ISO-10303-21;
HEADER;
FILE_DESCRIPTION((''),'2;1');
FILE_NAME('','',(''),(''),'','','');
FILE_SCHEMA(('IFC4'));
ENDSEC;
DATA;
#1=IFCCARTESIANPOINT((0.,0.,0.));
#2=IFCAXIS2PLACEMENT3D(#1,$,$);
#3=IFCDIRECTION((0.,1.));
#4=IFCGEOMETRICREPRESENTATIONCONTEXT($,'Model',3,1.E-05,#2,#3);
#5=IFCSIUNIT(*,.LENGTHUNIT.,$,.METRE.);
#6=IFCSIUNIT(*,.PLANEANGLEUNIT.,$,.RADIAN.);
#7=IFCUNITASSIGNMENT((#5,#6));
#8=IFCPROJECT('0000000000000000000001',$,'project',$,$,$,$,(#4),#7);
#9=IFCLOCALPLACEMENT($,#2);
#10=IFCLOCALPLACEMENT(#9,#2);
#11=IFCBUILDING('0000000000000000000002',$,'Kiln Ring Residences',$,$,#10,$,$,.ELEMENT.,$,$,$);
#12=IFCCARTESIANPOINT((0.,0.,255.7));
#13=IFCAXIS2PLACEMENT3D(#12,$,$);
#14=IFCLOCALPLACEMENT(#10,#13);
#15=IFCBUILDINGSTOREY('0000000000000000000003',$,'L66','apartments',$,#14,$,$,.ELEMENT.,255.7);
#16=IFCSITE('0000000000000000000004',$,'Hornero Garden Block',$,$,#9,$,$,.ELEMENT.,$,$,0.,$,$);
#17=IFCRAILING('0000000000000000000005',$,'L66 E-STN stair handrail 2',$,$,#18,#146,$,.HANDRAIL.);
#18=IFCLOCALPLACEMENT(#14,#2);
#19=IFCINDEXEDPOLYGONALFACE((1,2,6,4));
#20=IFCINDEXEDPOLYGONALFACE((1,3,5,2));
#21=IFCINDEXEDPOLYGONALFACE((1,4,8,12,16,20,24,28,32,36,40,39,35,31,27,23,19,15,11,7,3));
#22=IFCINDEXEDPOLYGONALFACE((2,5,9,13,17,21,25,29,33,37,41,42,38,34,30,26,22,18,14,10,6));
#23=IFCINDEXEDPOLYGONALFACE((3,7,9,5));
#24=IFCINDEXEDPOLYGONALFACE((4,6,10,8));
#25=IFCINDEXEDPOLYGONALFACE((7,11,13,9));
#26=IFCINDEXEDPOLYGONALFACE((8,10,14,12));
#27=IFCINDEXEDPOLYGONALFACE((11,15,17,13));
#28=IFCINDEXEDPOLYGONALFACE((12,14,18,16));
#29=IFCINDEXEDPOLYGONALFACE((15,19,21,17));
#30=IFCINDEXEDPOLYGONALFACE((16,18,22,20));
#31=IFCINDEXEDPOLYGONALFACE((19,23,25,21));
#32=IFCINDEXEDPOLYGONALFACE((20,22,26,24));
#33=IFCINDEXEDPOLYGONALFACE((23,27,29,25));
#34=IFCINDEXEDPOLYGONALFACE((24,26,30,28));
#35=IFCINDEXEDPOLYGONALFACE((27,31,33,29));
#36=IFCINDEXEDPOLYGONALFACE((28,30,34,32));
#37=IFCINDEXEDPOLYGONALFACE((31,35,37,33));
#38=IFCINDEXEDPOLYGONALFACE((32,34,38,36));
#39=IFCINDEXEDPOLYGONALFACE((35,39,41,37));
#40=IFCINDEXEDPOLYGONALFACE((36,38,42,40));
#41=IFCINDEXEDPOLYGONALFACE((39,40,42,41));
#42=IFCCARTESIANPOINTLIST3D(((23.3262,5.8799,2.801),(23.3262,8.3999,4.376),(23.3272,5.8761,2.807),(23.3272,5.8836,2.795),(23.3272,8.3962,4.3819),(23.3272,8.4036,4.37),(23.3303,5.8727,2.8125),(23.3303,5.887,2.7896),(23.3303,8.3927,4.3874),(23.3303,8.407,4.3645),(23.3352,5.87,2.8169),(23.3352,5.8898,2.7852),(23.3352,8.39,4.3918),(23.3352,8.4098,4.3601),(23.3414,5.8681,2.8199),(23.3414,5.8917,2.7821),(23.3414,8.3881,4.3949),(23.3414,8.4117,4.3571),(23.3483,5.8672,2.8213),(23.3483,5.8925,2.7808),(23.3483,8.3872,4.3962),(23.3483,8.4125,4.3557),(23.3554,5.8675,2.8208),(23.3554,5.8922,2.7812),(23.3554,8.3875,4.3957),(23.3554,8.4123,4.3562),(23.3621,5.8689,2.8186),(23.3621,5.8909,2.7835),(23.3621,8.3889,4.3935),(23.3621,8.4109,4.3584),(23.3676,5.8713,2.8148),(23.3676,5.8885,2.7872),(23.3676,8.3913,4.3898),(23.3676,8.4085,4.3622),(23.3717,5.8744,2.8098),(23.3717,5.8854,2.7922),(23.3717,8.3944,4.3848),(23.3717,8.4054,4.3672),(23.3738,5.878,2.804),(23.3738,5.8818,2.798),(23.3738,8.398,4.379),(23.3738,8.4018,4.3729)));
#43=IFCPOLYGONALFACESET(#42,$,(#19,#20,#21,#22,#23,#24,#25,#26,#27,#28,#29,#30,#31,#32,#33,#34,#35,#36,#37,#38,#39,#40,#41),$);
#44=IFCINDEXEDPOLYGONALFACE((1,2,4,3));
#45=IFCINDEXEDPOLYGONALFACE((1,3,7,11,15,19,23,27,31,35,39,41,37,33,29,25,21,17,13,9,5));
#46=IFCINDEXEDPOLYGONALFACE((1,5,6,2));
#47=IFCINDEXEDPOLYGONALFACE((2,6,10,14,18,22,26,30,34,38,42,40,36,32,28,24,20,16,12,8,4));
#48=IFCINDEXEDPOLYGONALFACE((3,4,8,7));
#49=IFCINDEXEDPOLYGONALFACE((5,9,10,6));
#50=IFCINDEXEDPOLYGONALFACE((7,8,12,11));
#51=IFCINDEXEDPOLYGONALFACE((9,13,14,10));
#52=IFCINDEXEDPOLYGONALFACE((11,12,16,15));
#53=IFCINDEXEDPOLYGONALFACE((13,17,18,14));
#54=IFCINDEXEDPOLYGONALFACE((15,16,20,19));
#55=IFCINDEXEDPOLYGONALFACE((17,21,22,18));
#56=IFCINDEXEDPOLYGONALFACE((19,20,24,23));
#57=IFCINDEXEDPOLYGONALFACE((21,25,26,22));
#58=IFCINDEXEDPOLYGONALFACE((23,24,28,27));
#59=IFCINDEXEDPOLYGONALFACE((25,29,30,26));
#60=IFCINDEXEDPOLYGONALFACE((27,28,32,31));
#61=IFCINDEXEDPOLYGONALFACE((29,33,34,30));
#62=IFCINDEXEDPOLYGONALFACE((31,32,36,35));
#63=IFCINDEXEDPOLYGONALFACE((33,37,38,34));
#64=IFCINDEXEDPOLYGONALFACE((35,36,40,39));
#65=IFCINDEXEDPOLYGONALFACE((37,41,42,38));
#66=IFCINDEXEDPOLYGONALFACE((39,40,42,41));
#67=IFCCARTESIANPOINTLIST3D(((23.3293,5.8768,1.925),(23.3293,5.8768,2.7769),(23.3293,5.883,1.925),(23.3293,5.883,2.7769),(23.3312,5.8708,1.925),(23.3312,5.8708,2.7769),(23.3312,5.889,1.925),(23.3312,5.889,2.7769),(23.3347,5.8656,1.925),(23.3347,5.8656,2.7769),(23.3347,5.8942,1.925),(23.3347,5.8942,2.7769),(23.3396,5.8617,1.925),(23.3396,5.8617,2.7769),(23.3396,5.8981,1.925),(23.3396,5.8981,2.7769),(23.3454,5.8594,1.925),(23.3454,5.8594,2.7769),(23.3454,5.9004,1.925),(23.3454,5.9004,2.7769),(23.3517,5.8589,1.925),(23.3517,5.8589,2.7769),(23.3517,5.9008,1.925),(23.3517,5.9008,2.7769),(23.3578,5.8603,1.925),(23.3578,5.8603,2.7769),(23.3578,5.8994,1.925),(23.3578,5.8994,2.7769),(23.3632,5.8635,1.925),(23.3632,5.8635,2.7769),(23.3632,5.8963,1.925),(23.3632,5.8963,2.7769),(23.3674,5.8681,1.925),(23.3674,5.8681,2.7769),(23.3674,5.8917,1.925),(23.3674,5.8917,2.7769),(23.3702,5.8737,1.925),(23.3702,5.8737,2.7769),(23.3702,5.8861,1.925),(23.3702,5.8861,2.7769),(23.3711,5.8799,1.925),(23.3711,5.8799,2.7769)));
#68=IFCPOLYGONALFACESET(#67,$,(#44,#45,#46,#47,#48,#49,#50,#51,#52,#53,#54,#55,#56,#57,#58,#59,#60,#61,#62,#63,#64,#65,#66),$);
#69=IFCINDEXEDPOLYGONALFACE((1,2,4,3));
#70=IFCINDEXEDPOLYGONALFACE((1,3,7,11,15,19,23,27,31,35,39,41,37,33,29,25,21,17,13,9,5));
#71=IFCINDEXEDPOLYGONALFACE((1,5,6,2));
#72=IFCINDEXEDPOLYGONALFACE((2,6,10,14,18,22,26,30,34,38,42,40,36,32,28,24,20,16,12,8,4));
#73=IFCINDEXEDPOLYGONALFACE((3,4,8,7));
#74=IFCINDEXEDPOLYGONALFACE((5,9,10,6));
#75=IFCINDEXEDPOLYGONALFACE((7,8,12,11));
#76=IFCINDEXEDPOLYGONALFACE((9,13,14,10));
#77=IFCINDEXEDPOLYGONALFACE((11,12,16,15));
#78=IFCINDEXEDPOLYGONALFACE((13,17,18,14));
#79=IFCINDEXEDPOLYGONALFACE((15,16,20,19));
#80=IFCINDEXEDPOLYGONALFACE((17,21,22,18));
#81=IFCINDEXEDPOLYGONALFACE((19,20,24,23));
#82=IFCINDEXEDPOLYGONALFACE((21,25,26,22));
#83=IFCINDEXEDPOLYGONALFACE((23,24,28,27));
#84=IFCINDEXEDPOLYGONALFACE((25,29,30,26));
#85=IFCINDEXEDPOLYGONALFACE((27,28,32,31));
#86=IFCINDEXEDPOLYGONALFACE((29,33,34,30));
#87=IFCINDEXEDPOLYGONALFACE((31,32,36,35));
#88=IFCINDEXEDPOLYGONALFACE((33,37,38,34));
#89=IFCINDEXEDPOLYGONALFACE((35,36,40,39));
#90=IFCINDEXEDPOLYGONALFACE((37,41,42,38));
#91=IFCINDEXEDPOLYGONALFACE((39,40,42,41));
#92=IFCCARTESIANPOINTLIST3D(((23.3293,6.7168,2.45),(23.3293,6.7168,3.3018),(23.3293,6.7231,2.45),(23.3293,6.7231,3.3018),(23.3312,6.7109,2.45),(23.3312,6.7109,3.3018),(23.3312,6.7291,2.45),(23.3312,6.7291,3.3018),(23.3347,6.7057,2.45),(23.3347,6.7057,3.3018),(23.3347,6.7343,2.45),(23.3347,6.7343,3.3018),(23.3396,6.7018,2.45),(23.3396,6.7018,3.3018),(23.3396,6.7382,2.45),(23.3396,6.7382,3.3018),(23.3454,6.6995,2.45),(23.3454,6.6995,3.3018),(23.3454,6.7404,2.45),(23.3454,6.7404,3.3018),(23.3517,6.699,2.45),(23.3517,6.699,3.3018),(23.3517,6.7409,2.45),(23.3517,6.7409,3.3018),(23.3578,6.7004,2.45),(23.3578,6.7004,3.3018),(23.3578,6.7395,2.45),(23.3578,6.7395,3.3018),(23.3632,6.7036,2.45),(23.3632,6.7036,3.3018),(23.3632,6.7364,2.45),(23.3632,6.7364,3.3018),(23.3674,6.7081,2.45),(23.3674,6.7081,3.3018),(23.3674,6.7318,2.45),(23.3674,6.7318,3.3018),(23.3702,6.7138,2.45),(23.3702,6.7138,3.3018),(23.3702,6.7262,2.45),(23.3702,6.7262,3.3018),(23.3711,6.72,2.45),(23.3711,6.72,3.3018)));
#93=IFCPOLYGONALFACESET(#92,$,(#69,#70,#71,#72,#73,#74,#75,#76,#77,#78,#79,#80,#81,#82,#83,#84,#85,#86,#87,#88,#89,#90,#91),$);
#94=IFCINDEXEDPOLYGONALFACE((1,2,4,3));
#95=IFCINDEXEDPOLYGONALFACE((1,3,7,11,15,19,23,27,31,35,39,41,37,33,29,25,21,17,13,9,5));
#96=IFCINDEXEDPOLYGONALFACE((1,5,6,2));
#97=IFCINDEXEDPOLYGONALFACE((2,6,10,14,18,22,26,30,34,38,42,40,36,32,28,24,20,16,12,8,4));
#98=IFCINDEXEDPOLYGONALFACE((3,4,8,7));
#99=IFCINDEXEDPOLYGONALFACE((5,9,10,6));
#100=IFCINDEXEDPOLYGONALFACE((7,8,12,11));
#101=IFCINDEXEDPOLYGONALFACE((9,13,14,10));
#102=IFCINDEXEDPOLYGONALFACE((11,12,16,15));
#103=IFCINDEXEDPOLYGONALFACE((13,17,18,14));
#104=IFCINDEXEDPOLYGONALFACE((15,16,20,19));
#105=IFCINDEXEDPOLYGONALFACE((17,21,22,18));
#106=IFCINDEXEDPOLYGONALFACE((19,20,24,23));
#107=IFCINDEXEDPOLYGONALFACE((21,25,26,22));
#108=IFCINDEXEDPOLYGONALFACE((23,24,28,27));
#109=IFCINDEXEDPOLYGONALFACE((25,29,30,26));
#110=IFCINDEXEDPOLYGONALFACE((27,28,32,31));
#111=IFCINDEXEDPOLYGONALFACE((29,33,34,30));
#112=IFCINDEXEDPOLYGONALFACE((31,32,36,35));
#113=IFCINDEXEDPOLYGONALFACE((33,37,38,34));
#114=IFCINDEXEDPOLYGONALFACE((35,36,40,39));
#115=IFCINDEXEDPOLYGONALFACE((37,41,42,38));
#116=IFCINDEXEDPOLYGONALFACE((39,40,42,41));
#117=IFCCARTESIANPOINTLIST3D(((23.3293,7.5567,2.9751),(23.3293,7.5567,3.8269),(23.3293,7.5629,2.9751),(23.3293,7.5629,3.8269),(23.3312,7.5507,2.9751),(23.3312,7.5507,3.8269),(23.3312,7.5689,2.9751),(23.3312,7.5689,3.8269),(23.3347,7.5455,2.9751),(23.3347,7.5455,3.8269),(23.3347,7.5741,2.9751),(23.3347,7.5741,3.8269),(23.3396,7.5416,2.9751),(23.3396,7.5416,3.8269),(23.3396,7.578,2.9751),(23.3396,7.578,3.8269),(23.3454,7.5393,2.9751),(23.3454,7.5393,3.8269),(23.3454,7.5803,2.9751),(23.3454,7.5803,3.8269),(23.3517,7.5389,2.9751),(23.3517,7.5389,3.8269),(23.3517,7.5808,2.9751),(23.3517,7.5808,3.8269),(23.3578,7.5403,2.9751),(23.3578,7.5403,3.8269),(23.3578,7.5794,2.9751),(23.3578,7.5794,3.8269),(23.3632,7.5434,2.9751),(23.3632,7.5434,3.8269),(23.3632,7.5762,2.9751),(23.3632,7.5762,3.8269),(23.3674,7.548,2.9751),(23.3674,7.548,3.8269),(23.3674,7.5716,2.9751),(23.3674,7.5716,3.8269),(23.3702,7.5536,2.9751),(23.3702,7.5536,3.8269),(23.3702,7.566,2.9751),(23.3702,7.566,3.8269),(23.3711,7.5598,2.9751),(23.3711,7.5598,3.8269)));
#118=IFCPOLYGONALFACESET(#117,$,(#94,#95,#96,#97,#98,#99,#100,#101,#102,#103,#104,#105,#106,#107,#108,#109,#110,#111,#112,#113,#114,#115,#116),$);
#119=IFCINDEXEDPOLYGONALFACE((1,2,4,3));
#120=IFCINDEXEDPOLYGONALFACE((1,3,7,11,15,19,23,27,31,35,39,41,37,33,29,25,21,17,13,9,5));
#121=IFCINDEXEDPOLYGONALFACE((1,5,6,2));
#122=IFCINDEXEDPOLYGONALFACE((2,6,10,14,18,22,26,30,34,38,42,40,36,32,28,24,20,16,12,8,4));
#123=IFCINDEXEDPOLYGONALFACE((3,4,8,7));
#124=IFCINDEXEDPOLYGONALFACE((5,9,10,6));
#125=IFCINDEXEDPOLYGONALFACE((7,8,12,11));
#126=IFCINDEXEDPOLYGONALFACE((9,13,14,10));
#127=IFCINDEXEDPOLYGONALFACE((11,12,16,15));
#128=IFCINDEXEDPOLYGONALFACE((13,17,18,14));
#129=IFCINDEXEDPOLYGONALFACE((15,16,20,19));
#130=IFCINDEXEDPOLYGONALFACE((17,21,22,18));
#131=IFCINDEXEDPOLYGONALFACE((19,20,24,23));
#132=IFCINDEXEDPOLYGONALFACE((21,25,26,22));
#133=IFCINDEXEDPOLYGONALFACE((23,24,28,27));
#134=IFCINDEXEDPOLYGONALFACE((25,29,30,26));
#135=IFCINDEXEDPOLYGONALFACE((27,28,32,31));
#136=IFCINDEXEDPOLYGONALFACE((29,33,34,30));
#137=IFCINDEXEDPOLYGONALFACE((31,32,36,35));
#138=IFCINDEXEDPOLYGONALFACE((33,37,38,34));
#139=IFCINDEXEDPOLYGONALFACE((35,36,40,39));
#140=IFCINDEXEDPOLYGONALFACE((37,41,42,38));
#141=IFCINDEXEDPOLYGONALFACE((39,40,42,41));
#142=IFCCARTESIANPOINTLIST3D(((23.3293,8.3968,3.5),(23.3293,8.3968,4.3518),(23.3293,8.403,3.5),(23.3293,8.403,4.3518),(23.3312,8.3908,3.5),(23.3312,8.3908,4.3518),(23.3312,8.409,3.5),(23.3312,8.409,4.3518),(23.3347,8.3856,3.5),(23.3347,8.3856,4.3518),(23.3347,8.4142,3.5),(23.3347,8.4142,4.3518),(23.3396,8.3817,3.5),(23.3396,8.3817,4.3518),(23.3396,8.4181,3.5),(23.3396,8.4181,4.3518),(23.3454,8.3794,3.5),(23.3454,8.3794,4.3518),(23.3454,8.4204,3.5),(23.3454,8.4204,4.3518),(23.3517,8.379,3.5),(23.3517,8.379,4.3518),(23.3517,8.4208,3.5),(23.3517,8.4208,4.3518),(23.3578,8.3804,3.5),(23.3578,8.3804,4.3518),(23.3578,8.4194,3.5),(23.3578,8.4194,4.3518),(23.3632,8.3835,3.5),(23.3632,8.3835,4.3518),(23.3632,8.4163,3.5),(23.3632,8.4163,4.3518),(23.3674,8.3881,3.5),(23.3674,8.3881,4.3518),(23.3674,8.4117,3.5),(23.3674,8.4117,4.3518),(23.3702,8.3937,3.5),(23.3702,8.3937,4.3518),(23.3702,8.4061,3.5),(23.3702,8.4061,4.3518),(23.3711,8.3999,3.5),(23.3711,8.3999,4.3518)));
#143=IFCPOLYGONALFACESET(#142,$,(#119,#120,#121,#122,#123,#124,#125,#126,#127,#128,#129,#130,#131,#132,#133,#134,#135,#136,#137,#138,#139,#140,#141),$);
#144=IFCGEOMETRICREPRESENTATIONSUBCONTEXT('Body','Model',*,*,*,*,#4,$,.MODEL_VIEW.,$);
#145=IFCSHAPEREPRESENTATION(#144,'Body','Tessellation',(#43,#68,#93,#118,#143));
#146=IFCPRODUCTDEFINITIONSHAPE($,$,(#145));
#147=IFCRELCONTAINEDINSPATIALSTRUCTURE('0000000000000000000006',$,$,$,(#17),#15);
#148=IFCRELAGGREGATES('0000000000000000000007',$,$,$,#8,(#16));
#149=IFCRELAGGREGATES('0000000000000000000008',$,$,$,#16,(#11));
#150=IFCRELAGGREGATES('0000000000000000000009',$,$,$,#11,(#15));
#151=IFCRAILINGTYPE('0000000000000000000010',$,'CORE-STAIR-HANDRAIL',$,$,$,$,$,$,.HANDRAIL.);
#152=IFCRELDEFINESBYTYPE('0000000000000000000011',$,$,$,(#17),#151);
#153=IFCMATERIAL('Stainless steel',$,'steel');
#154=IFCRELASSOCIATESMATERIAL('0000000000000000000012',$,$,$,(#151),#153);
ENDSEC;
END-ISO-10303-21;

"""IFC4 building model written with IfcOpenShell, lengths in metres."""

from ifc_helpers import new_model, si_unit, direction, frame, origin, origin_2d, place, context, subcontext, project, spatial, circle, extrude, material, type_object, element, save


model = new_model("IFC4")

# Units and contexts
model_context = context("Model", 3, precision=1e-05, world=origin(), true_north=direction((0.0, 1.0)))
body_context = subcontext(model_context, "Body", "Model", "MODEL_VIEW")
ifc_project = project(units=[si_unit("LENGTHUNIT", "METRE"), si_unit("PLANEANGLEUNIT", "RADIAN")], contexts=[model_context])

# Site, building, storey
site_placement = place(None, origin())
site = spatial("IfcSite", under=ifc_project, at=site_placement, Name="Hornero Garden Block", CompositionType="ELEMENT", RefElevation=0.0)
building_placement = place(site_placement, origin())
building = spatial("IfcBuilding", under=site, at=building_placement, Name="Kiln Ring Residences", CompositionType="ELEMENT")
storey_placement = place(building_placement, frame((0.0, 0.0, 255.7)))
storey = spatial("IfcBuildingStorey", under=building, at=storey_placement, Name="L66", Description="apartments", CompositionType="ELEMENT", Elevation=255.7)

# Railing
ifc_material_1 = material(Name="Stainless steel", Category="steel")
railing_type_1 = type_object("IfcRailingType", Name="CORE-STAIR-HANDRAIL", PredefinedType="HANDRAIL", material=ifc_material_1)
railing_1_placement = place(storey_placement, frame((23.3501, 5.8799, 1.925)))
element("IfcRailing", 1, at=railing_1_placement, inside=storey, type_object=railing_type_1, Name="L66 E-STN stair handrail 2", PredefinedType="HANDRAIL", context=body_context, shape_type="SweptSolid", body=[
    extrude(circle(Radius=0.0239, at=origin_2d()), frame((0.0, 0.0, 0.876), z_axis=(0.0, 0.848008, 0.529984), x_axis=(-1.0, 0.0, 0.0)), (0.0, 0.0, 1.0), 2.9717),
    extrude(circle(Radius=0.021, at=origin_2d()), origin(), (0.0, 0.0, 1.0), 0.8518),
    extrude(circle(Radius=0.021, at=origin_2d()), frame((0.0, 0.8401, 0.5249)), (0.0, 0.0, 1.0), 0.8518),
    extrude(circle(Radius=0.021, at=origin_2d()), frame((0.0, 1.6799, 1.05)), (0.0, 0.0, 1.0), 0.8518),
    extrude(circle(Radius=0.021, at=origin_2d()), frame((0.0, 2.52, 1.575)), (0.0, 0.0, 1.0), 0.8518),
])

save(model, "model.ifc")
